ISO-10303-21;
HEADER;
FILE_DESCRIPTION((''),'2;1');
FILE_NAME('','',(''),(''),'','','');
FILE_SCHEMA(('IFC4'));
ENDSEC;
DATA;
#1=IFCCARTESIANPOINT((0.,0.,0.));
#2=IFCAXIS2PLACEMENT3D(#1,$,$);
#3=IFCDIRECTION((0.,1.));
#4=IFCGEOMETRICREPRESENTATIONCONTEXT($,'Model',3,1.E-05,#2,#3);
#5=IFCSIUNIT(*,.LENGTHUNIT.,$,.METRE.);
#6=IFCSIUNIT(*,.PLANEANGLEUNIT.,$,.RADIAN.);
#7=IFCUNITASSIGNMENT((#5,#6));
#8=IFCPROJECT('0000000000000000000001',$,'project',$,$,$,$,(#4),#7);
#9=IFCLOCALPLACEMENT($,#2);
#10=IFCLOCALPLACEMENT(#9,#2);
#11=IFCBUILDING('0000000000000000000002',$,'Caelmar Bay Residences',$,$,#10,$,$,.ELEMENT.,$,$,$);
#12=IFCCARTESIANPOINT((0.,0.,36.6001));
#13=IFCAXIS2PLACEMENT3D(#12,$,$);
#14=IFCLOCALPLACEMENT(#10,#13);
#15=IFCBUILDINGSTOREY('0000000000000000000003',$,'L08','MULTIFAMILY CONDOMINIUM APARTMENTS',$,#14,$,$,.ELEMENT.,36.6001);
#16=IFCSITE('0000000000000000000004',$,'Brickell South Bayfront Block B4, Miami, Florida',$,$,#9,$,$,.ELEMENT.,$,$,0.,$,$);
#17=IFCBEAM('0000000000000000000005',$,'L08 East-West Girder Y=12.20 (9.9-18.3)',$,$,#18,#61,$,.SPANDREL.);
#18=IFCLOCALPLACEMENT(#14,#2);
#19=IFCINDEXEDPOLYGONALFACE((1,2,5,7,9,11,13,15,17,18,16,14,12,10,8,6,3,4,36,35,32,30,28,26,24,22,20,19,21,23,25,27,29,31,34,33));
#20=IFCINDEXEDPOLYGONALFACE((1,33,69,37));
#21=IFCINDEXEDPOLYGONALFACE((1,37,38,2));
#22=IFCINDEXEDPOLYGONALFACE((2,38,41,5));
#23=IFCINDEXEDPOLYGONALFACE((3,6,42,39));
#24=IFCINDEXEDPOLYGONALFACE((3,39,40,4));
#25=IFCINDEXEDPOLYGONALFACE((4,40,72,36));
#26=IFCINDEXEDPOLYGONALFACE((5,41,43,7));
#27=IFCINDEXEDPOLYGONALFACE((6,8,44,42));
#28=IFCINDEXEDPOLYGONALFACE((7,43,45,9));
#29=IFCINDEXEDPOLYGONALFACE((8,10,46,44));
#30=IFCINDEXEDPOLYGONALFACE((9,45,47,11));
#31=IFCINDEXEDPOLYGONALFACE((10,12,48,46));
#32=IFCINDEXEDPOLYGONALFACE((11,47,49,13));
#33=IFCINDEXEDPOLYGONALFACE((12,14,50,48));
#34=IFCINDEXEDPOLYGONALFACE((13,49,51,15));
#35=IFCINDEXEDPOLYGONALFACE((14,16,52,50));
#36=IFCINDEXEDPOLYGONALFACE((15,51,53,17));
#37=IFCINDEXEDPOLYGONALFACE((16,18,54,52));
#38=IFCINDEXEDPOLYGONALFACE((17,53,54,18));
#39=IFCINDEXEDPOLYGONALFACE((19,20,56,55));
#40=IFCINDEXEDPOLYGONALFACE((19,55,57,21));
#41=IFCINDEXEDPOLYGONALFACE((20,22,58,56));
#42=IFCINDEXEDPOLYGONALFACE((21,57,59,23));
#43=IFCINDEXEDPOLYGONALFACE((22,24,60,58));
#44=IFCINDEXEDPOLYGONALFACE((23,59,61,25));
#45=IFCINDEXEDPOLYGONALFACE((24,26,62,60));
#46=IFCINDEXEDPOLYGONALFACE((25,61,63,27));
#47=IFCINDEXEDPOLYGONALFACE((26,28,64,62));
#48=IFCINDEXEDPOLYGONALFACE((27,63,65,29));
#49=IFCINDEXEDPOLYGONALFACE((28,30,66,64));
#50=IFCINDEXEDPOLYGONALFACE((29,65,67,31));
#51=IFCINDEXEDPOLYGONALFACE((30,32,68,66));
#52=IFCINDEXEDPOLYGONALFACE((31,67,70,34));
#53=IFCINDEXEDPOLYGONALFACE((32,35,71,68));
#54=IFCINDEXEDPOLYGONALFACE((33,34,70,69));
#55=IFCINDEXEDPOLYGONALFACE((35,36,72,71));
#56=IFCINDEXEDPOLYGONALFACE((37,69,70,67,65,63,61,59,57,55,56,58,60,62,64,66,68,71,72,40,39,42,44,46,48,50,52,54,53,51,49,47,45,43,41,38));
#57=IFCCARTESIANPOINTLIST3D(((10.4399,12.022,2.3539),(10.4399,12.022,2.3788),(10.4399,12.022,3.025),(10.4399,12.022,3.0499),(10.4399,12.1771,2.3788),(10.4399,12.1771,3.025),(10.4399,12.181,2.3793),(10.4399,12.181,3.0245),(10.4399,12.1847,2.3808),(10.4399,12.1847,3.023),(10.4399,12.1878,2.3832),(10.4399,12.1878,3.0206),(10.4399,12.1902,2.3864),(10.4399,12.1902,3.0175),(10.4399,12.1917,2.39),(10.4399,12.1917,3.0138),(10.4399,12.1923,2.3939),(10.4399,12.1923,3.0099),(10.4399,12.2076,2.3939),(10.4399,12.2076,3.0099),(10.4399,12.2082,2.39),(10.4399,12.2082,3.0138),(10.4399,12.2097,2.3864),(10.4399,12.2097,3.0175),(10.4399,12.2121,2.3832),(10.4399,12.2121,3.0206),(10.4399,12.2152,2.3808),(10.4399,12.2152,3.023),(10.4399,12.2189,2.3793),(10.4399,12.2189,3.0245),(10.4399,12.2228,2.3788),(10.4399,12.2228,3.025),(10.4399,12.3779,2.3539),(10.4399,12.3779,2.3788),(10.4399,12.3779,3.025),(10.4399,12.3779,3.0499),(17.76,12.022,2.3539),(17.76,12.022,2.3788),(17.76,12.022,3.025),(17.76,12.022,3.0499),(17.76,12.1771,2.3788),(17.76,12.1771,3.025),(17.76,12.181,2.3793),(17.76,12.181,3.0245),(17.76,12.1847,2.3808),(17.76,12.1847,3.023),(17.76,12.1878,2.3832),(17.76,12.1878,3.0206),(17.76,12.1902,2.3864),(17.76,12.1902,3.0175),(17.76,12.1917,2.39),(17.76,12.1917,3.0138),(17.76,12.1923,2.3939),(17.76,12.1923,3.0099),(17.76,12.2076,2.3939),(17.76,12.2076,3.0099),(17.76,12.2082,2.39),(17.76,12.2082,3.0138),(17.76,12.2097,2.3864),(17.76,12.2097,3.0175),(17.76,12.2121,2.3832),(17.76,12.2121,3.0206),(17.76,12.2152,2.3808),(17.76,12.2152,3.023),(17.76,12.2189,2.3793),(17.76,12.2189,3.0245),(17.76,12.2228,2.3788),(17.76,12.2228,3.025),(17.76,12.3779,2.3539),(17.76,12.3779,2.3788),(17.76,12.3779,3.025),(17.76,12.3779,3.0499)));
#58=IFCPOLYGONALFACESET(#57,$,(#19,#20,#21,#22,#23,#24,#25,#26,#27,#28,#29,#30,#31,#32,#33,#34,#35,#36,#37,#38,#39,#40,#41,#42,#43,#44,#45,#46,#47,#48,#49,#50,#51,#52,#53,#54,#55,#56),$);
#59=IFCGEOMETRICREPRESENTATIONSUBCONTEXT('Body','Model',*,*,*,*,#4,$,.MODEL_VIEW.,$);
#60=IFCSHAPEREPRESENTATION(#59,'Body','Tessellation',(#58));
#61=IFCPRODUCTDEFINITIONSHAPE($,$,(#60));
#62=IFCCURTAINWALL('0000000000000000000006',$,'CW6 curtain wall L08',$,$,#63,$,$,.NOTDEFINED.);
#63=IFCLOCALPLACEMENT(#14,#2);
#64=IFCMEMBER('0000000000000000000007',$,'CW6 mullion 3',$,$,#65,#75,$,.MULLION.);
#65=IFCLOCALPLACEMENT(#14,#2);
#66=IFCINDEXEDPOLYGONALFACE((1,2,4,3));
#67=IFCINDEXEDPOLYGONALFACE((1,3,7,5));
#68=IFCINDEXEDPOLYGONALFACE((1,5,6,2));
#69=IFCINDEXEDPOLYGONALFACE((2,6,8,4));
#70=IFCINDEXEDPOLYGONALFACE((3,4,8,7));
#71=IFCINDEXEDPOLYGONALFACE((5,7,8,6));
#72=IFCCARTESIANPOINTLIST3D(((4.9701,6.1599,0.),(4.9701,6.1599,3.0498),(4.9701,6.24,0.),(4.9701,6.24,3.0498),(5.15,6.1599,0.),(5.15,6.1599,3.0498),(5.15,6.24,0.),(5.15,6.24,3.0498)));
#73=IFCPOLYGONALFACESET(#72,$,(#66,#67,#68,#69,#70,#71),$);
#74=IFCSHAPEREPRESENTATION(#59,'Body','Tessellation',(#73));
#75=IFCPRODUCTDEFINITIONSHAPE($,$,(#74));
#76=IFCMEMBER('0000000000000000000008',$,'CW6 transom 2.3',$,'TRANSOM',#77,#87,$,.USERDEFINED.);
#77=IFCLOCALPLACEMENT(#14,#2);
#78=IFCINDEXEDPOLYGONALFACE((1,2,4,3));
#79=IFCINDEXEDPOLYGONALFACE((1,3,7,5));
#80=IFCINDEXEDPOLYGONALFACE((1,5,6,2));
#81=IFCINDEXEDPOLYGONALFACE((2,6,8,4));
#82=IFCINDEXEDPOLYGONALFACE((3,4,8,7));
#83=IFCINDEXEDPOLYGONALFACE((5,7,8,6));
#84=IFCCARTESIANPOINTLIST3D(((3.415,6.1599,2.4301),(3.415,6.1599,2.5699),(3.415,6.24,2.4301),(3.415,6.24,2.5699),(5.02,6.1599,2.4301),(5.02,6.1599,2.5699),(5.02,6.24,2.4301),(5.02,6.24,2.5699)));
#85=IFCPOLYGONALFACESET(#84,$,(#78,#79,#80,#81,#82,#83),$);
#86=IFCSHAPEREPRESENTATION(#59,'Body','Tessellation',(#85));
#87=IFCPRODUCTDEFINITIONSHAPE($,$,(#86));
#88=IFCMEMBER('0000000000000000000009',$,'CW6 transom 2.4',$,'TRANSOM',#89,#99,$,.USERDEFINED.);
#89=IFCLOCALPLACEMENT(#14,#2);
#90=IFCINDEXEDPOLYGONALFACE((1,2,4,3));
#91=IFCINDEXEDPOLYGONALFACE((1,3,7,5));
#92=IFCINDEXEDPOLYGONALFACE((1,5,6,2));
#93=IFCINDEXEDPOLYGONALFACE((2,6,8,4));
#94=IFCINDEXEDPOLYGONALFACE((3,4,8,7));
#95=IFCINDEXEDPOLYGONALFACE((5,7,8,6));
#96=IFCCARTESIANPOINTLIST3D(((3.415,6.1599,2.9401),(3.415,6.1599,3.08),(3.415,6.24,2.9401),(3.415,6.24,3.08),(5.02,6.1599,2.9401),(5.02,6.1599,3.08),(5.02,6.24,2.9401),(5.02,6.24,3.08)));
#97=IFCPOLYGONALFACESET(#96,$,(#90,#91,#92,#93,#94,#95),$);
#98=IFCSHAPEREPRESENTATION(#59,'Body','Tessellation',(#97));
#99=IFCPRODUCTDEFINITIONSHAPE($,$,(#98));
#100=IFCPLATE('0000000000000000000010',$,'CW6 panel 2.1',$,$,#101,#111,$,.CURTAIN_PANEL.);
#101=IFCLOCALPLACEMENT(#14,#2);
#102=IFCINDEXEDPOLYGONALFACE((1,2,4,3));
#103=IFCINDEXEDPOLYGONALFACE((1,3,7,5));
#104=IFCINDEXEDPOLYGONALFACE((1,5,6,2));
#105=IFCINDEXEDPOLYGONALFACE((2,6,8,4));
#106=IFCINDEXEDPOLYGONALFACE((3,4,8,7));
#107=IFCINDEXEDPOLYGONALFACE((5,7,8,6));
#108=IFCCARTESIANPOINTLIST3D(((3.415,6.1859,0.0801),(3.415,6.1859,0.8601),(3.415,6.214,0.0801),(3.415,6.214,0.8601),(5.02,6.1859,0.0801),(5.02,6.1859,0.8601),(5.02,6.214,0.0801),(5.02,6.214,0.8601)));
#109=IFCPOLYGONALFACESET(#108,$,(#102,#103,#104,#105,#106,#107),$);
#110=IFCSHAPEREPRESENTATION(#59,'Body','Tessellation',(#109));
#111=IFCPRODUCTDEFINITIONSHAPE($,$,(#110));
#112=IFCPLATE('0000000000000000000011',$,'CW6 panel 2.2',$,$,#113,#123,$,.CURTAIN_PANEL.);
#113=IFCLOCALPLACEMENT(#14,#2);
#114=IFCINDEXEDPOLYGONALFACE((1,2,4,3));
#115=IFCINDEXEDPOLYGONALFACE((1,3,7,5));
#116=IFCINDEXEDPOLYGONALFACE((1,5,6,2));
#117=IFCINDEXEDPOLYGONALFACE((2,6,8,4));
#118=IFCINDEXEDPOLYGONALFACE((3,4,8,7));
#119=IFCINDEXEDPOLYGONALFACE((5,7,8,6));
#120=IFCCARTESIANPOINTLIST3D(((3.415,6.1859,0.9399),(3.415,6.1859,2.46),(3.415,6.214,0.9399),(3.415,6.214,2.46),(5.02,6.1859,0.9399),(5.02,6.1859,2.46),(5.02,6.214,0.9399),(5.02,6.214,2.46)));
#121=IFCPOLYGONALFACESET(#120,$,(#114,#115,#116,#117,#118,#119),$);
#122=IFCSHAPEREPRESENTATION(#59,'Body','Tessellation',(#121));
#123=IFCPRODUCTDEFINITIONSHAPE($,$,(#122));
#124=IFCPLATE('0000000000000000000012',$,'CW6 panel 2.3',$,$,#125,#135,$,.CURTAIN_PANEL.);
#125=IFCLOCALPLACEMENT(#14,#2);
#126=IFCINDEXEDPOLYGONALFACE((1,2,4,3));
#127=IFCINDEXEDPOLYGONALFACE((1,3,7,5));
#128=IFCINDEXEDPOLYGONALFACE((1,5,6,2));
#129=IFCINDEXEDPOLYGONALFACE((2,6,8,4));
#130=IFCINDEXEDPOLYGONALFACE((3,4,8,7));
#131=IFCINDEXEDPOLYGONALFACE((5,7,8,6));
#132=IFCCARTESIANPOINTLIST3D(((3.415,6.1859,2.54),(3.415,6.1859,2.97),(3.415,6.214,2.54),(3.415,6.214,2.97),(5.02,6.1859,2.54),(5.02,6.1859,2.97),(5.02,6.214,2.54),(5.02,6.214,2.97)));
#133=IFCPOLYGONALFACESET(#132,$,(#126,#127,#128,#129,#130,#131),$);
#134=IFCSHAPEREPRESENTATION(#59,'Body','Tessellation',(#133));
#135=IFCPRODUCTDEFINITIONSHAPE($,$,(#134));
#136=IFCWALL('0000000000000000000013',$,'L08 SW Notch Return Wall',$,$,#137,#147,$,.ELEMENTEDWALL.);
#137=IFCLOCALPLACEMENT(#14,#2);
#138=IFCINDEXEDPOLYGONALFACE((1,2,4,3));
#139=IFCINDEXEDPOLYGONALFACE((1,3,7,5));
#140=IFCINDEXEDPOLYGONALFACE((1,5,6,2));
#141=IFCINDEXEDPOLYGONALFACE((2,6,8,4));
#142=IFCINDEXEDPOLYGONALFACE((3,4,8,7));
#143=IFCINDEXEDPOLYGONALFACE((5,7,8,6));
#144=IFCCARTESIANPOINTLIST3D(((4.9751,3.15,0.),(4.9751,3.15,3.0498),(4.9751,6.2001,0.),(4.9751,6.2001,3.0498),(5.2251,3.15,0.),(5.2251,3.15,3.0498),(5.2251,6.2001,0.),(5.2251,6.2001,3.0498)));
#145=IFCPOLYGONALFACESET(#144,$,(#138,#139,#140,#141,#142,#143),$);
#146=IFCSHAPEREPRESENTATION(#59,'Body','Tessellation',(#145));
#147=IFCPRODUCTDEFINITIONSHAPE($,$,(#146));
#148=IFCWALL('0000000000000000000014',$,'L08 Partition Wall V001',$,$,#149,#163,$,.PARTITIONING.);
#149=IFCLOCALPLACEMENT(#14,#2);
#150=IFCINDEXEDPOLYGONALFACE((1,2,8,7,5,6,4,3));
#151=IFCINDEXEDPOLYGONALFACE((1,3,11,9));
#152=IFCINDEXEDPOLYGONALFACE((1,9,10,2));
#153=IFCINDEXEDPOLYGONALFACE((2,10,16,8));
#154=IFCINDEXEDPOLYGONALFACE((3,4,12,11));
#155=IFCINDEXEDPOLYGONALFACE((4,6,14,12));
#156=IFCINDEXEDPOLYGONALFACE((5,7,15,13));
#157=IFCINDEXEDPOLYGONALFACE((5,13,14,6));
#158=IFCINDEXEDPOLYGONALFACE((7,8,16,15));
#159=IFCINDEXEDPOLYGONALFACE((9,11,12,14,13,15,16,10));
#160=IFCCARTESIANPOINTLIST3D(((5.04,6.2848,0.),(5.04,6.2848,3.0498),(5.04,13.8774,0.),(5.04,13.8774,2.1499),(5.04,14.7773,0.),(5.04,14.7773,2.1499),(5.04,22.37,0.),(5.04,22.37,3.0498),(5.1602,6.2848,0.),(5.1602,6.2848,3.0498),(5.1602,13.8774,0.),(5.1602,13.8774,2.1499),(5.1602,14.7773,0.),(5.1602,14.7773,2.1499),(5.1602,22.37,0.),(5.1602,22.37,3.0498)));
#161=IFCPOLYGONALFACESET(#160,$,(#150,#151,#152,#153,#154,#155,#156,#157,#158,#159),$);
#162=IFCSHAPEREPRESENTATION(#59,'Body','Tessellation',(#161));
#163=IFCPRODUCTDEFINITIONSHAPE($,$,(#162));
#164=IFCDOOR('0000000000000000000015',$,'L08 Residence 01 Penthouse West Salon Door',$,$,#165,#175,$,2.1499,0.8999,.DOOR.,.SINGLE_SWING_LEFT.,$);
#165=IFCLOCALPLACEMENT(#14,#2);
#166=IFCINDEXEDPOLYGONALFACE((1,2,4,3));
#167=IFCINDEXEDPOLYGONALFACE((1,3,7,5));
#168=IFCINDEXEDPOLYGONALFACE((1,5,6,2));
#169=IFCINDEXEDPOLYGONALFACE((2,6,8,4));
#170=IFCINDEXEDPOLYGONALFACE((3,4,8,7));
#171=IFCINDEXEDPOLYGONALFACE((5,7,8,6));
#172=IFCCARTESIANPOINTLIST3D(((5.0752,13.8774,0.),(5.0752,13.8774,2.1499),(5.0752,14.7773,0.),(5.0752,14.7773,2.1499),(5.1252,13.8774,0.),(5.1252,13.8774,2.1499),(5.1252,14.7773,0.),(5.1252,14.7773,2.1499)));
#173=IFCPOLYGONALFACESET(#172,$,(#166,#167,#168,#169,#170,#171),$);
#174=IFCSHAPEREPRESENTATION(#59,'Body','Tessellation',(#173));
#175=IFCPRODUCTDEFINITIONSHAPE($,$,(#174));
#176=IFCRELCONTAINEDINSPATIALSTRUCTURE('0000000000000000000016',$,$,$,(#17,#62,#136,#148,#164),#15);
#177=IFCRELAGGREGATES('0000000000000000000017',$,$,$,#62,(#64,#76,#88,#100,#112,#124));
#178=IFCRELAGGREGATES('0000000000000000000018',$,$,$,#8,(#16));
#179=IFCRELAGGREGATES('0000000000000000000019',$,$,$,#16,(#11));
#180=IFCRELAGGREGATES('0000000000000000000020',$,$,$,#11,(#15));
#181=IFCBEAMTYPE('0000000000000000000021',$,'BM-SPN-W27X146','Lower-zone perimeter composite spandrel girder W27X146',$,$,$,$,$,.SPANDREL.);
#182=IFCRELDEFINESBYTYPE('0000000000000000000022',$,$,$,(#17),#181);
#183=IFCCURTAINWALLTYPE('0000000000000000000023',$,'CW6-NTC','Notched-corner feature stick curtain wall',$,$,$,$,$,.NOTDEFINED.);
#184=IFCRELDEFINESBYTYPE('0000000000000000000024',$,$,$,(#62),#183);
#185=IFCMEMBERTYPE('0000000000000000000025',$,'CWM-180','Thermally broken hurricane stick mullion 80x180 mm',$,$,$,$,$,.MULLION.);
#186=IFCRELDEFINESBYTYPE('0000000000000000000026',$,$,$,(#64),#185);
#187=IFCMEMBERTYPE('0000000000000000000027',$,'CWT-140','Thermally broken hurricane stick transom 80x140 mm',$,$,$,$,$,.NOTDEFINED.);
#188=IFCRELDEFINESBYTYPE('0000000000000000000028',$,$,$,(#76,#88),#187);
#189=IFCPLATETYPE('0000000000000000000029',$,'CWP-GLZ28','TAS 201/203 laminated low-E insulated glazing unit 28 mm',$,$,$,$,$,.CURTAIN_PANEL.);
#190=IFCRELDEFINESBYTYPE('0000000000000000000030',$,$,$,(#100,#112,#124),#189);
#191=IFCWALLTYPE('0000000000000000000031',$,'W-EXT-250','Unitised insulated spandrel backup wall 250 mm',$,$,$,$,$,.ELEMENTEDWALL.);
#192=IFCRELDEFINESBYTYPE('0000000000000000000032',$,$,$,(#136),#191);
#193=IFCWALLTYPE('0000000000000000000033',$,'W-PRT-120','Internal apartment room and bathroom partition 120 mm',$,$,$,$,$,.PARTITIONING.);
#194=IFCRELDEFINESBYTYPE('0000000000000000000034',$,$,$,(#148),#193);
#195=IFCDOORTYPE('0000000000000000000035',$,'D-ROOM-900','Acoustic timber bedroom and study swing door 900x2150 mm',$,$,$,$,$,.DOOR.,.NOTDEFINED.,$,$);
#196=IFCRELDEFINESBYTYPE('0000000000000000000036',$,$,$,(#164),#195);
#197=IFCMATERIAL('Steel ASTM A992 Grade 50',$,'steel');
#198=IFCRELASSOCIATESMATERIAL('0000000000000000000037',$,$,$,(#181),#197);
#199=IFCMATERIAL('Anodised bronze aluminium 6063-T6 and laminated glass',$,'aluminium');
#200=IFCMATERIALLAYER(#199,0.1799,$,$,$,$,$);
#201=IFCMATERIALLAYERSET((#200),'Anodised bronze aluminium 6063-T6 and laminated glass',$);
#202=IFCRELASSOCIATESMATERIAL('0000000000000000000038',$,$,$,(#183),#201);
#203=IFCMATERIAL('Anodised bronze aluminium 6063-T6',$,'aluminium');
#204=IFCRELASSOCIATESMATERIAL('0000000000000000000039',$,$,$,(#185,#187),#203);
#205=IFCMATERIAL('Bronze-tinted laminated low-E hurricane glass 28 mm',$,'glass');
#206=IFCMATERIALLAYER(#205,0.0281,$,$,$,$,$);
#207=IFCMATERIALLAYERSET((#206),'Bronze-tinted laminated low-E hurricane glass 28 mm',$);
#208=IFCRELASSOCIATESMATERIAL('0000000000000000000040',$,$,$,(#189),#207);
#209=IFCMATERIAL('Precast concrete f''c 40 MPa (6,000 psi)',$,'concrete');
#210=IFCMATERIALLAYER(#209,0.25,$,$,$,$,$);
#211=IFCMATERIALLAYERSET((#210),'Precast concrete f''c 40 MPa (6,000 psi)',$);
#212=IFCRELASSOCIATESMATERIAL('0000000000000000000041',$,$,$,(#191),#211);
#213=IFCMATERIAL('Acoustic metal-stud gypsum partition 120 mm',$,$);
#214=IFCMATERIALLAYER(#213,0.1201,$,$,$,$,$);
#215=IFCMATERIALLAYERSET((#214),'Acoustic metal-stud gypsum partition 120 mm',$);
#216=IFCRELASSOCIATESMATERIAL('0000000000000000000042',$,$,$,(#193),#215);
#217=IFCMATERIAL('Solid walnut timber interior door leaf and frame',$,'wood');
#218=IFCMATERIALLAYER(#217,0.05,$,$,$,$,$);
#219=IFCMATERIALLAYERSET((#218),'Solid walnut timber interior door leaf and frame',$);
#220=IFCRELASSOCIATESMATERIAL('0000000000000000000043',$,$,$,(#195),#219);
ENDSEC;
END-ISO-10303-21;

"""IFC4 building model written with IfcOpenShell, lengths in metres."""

from ifc_helpers import new_model, si_unit, direction, frame, frame_2d, origin, origin_2d, place, context, subcontext, project, spatial, rectangle, i_section, extrude, material, layer, layer_set, material_profile, profile_set, type_object, element, fill, aggregate, save


model = new_model("IFC4")

# Units and contexts
model_context = context("Model", 3, precision=1e-05, world=origin(), true_north=direction((0.0, 1.0)))
body_context = subcontext(model_context, "Body", "Model", "MODEL_VIEW")
ifc_project = project(units=[si_unit("LENGTHUNIT", "METRE"), si_unit("PLANEANGLEUNIT", "RADIAN")], contexts=[model_context])

# Site, building, storey
site_placement = place(None, origin())
site = spatial("IfcSite", under=ifc_project, at=site_placement, Name="Brickell South Bayfront Block B4, Miami, Florida", CompositionType="ELEMENT", RefElevation=0.0)
building_placement = place(site_placement, origin())
building = spatial("IfcBuilding", under=site, at=building_placement, Name="Caelmar Bay Residences", CompositionType="ELEMENT")
storey_placement = place(building_placement, frame((0.0, 0.0, 36.6001)))
storey = spatial("IfcBuildingStorey", under=building, at=storey_placement, Name="L08", Description="MULTIFAMILY CONDOMINIUM APARTMENTS", CompositionType="ELEMENT", Elevation=36.6001)

# Beam
ifc_material_1 = material(Name="Steel ASTM A992 Grade 50", Category="steel")
ifc_material_profile_1 = material_profile(ifc_material_1, i_section(OverallWidth=0.356, OverallDepth=0.696, WebThickness=0.0154, FlangeThickness=0.0249, FilletRadius=0.0151, at=origin_2d()), Name="W27X146")
ifc_profile_set_1 = profile_set([ifc_material_profile_1], Name="Steel ASTM A992 Grade 50")
beam_type_1 = type_object("IfcBeamType", Name="BM-SPN-W27X146", Description="Lower-zone perimeter composite spandrel girder W27X146", PredefinedType="SPANDREL", material=ifc_profile_set_1)
beam_1_placement = place(storey_placement, frame((10.4399, 12.2, 2.7019), z_axis=(1.0, 0.0, 0.0), x_axis=(0.0, 1.0, 0.0)))
element("IfcBeam", 1, at=beam_1_placement, inside=storey, type_object=beam_type_1, Name="L08 East-West Girder Y=12.20 (9.9-18.3)", PredefinedType="SPANDREL", context=body_context, shape_type="SweptSolid", body=[
    extrude(i_section(OverallWidth=0.356, OverallDepth=0.696, WebThickness=0.0154, FlangeThickness=0.0249, FilletRadius=0.0151, at=origin_2d()), origin(), (0.0, 0.0, 1.0), 7.3201),
])

# Curtain wall, members, plates
ifc_material_2 = material(Name="Anodised bronze aluminium 6063-T6 and laminated glass", Category="aluminium")
ifc_layer_1 = layer(ifc_material_2, 0.1799)
ifc_layer_set_1 = layer_set([ifc_layer_1], Name="Anodised bronze aluminium 6063-T6 and laminated glass")
curtain_wall_type = type_object("IfcCurtainWallType", Name="CW6-NTC", Description="Notched-corner feature stick curtain wall", PredefinedType="NOTDEFINED", material=ifc_layer_set_1)
curtain_wall_placement = place(storey_placement, origin())
curtain_wall = element("IfcCurtainWall", 2, at=curtain_wall_placement, inside=storey, type_object=curtain_wall_type, Name="CW6 curtain wall L08", PredefinedType="NOTDEFINED")
ifc_material_3 = material(Name="Anodised bronze aluminium 6063-T6", Category="aluminium")
ifc_material_profile_2 = material_profile(ifc_material_3, rectangle(XDim=0.0801, YDim=0.1799, at=origin_2d()), Name="CWM-80X180")
ifc_profile_set_2 = profile_set([ifc_material_profile_2], Name="Anodised bronze aluminium 6063-T6")
member_type_1 = type_object("IfcMemberType", Name="CWM-180", Description="Thermally broken hurricane stick mullion 80x180 mm", PredefinedType="MULLION", material=ifc_profile_set_2)
member_1_placement = place(storey_placement, frame((5.0601, 6.2, 0.0), z_axis=(0.0, 0.0, 1.0), x_axis=(0.0, 1.0, 0.0)))
member_1 = element("IfcMember", 3, at=member_1_placement, type_object=member_type_1, Name="CW6 mullion 3", PredefinedType="MULLION", context=body_context, shape_type="SweptSolid", body=[
    extrude(rectangle(XDim=0.0801, YDim=0.1799, at=origin_2d()), origin(), (0.0, 0.0, 1.0), 3.0498),
])
ifc_material_profile_3 = material_profile(ifc_material_3, rectangle(XDim=0.0801, YDim=0.1399, at=origin_2d()), Name="CWT-80X140")
ifc_profile_set_3 = profile_set([ifc_material_profile_3], Name="Anodised bronze aluminium 6063-T6")
member_type_2 = type_object("IfcMemberType", Name="CWT-140", Description="Thermally broken hurricane stick transom 80x140 mm", PredefinedType="NOTDEFINED", material=ifc_profile_set_3)
member_2_placement = place(storey_placement, frame((3.415, 6.2, 2.5), z_axis=(1.0, 0.0, 0.0), x_axis=(0.0, 1.0, 0.0)))
member_2 = element("IfcMember", 4, at=member_2_placement, type_object=member_type_2, Name="CW6 transom 2.3", ObjectType="TRANSOM", PredefinedType="USERDEFINED", context=body_context, shape_type="SweptSolid", body=[
    extrude(rectangle(XDim=0.0801, YDim=0.1399, at=origin_2d()), origin(), (0.0, 0.0, 1.0), 1.605),
])
member_3_placement = place(storey_placement, frame((3.415, 6.2, 3.01), z_axis=(1.0, 0.0, 0.0), x_axis=(0.0, 1.0, 0.0)))
member_3 = element("IfcMember", 5, at=member_3_placement, type_object=member_type_2, Name="CW6 transom 2.4", ObjectType="TRANSOM", PredefinedType="USERDEFINED", context=body_context, shape_type="SweptSolid", body=[
    extrude(rectangle(XDim=0.0801, YDim=0.1399, at=origin_2d()), origin(), (0.0, 0.0, 1.0), 1.605),
])
ifc_material_4 = material(Name="Bronze-tinted laminated low-E hurricane glass 28 mm", Category="glass")
ifc_layer_2 = layer(ifc_material_4, 0.0281)
ifc_layer_set_2 = layer_set([ifc_layer_2], Name="Bronze-tinted laminated low-E hurricane glass 28 mm")
plate_type = type_object("IfcPlateType", Name="CWP-GLZ28", Description="TAS 201/203 laminated low-E insulated glazing unit 28 mm", PredefinedType="CURTAIN_PANEL", material=ifc_layer_set_2)
plate_1_placement = place(storey_placement, frame((4.2175, 6.2, 0.0801), z_axis=(0.0, 0.0, 1.0), x_axis=(1.0, 0.0, 0.0)))
plate_1 = element("IfcPlate", 6, at=plate_1_placement, type_object=plate_type, Name="CW6 panel 2.1", PredefinedType="CURTAIN_PANEL", context=body_context, shape_type="SweptSolid", body=[
    extrude(rectangle(XDim=1.605, YDim=0.0281, at=origin_2d()), origin(), (0.0, 0.0, 1.0), 0.78),
])
plate_2_placement = place(storey_placement, frame((4.2175, 6.2, 0.9399), z_axis=(0.0, 0.0, 1.0), x_axis=(1.0, 0.0, 0.0)))
plate_2 = element("IfcPlate", 7, at=plate_2_placement, type_object=plate_type, Name="CW6 panel 2.2", PredefinedType="CURTAIN_PANEL", context=body_context, shape_type="SweptSolid", body=[
    extrude(rectangle(XDim=1.605, YDim=0.0281, at=origin_2d()), origin(), (0.0, 0.0, 1.0), 1.52),
])
plate_3_placement = place(storey_placement, frame((4.2175, 6.2, 2.54), z_axis=(0.0, 0.0, 1.0), x_axis=(1.0, 0.0, 0.0)))
plate_3 = element("IfcPlate", 8, at=plate_3_placement, type_object=plate_type, Name="CW6 panel 2.3", PredefinedType="CURTAIN_PANEL", context=body_context, shape_type="SweptSolid", body=[
    extrude(rectangle(XDim=1.605, YDim=0.0281, at=origin_2d()), origin(), (0.0, 0.0, 1.0), 0.4299),
])
aggregate(curtain_wall, [member_1, member_2, member_3, plate_1, plate_2, plate_3])

# Wall
ifc_material_5 = material(Name="Precast concrete f'c 40 MPa (6,000 psi)", Category="concrete")
ifc_layer_3 = layer(ifc_material_5, 0.25)
ifc_layer_set_3 = layer_set([ifc_layer_3], Name="Precast concrete f'c 40 MPa (6,000 psi)")
wall_type_1 = type_object("IfcWallType", Name="W-EXT-250", Description="Unitised insulated spandrel backup wall 250 mm", PredefinedType="ELEMENTEDWALL", material=ifc_layer_set_3)
wall_1_placement = place(storey_placement, frame((5.1001, 6.2, 0.0), z_axis=(0.0, 0.0, 1.0), x_axis=(0.0, -1.0, 0.0)))
element("IfcWall", 9, at=wall_1_placement, inside=storey, type_object=wall_type_1, Name="L08 SW Notch Return Wall", PredefinedType="ELEMENTEDWALL", context=body_context, shape_type="SweptSolid", body=[
    extrude(rectangle(XDim=3.05, YDim=0.25, at=frame_2d((1.5249, 0.0))), origin(), (0.0, 0.0, 1.0), 3.0498),
])

# Wall, opening, door
ifc_material_6 = material(Name="Acoustic metal-stud gypsum partition 120 mm")
ifc_layer_4 = layer(ifc_material_6, 0.1201)
ifc_layer_set_4 = layer_set([ifc_layer_4], Name="Acoustic metal-stud gypsum partition 120 mm")
wall_type_2 = type_object("IfcWallType", Name="W-PRT-120", Description="Internal apartment room and bathroom partition 120 mm", PredefinedType="PARTITIONING", material=ifc_layer_set_4)
wall_2_placement = place(storey_placement, frame((5.1001, 6.2849, 0.0), z_axis=(0.0, 0.0, 1.0), x_axis=(0.0, 1.0, 0.0)))
wall_2 = element("IfcWall", 10, at=wall_2_placement, inside=storey, type_object=wall_type_2, Name="L08 Partition Wall V001", PredefinedType="PARTITIONING", context=body_context, shape_type="SweptSolid", body=[
    extrude(rectangle(XDim=16.0852, YDim=0.1201, at=frame_2d((8.0425, 0.0))), origin(), (0.0, 0.0, 1.0), 3.0498),
])
opening_1_placement = place(wall_2_placement, frame((7.5925, 0.0, 0.0)))
opening_1 = element("IfcOpeningElement", 11, at=opening_1_placement, cuts=wall_2, PredefinedType="OPENING", context=body_context, shape_type="SweptSolid", body=[
    extrude(rectangle(XDim=0.8999, YDim=2.1499, at=frame_2d((0.45, 1.075))), frame((0.0, 0.0701, 0.0), z_axis=(0.0, -1.0, 0.0), x_axis=(1.0, 0.0, 0.0)), (0.0, 0.0, 1.0), 0.1401),
])
ifc_material_7 = material(Name="Solid walnut timber interior door leaf and frame", Category="wood")
ifc_layer_5 = layer(ifc_material_7, 0.05)
ifc_layer_set_5 = layer_set([ifc_layer_5], Name="Solid walnut timber interior door leaf and frame")
door_type = type_object("IfcDoorType", Name="D-ROOM-900", Description="Acoustic timber bedroom and study swing door 900x2150 mm", OperationType="NOTDEFINED", PredefinedType="DOOR", material=ifc_layer_set_5)
door_1_placement = place(opening_1_placement, origin())
door_1 = element("IfcDoor", 12, at=door_1_placement, inside=storey, type_object=door_type, Name="L08 Residence 01 Penthouse West Salon Door", OperationType="SINGLE_SWING_LEFT", OverallHeight=2.1499, OverallWidth=0.8999, PredefinedType="DOOR", context=body_context, shape_type="SweptSolid", body=[
    extrude(rectangle(XDim=0.8999, YDim=2.1499, at=frame_2d((0.45, 1.075))), frame((0.0, 0.0249, 0.0), z_axis=(0.0, -1.0, 0.0), x_axis=(1.0, 0.0, 0.0)), (0.0, 0.0, 1.0), 0.05),
])
fill(opening_1, door_1)

save(model, "model.ifc")
